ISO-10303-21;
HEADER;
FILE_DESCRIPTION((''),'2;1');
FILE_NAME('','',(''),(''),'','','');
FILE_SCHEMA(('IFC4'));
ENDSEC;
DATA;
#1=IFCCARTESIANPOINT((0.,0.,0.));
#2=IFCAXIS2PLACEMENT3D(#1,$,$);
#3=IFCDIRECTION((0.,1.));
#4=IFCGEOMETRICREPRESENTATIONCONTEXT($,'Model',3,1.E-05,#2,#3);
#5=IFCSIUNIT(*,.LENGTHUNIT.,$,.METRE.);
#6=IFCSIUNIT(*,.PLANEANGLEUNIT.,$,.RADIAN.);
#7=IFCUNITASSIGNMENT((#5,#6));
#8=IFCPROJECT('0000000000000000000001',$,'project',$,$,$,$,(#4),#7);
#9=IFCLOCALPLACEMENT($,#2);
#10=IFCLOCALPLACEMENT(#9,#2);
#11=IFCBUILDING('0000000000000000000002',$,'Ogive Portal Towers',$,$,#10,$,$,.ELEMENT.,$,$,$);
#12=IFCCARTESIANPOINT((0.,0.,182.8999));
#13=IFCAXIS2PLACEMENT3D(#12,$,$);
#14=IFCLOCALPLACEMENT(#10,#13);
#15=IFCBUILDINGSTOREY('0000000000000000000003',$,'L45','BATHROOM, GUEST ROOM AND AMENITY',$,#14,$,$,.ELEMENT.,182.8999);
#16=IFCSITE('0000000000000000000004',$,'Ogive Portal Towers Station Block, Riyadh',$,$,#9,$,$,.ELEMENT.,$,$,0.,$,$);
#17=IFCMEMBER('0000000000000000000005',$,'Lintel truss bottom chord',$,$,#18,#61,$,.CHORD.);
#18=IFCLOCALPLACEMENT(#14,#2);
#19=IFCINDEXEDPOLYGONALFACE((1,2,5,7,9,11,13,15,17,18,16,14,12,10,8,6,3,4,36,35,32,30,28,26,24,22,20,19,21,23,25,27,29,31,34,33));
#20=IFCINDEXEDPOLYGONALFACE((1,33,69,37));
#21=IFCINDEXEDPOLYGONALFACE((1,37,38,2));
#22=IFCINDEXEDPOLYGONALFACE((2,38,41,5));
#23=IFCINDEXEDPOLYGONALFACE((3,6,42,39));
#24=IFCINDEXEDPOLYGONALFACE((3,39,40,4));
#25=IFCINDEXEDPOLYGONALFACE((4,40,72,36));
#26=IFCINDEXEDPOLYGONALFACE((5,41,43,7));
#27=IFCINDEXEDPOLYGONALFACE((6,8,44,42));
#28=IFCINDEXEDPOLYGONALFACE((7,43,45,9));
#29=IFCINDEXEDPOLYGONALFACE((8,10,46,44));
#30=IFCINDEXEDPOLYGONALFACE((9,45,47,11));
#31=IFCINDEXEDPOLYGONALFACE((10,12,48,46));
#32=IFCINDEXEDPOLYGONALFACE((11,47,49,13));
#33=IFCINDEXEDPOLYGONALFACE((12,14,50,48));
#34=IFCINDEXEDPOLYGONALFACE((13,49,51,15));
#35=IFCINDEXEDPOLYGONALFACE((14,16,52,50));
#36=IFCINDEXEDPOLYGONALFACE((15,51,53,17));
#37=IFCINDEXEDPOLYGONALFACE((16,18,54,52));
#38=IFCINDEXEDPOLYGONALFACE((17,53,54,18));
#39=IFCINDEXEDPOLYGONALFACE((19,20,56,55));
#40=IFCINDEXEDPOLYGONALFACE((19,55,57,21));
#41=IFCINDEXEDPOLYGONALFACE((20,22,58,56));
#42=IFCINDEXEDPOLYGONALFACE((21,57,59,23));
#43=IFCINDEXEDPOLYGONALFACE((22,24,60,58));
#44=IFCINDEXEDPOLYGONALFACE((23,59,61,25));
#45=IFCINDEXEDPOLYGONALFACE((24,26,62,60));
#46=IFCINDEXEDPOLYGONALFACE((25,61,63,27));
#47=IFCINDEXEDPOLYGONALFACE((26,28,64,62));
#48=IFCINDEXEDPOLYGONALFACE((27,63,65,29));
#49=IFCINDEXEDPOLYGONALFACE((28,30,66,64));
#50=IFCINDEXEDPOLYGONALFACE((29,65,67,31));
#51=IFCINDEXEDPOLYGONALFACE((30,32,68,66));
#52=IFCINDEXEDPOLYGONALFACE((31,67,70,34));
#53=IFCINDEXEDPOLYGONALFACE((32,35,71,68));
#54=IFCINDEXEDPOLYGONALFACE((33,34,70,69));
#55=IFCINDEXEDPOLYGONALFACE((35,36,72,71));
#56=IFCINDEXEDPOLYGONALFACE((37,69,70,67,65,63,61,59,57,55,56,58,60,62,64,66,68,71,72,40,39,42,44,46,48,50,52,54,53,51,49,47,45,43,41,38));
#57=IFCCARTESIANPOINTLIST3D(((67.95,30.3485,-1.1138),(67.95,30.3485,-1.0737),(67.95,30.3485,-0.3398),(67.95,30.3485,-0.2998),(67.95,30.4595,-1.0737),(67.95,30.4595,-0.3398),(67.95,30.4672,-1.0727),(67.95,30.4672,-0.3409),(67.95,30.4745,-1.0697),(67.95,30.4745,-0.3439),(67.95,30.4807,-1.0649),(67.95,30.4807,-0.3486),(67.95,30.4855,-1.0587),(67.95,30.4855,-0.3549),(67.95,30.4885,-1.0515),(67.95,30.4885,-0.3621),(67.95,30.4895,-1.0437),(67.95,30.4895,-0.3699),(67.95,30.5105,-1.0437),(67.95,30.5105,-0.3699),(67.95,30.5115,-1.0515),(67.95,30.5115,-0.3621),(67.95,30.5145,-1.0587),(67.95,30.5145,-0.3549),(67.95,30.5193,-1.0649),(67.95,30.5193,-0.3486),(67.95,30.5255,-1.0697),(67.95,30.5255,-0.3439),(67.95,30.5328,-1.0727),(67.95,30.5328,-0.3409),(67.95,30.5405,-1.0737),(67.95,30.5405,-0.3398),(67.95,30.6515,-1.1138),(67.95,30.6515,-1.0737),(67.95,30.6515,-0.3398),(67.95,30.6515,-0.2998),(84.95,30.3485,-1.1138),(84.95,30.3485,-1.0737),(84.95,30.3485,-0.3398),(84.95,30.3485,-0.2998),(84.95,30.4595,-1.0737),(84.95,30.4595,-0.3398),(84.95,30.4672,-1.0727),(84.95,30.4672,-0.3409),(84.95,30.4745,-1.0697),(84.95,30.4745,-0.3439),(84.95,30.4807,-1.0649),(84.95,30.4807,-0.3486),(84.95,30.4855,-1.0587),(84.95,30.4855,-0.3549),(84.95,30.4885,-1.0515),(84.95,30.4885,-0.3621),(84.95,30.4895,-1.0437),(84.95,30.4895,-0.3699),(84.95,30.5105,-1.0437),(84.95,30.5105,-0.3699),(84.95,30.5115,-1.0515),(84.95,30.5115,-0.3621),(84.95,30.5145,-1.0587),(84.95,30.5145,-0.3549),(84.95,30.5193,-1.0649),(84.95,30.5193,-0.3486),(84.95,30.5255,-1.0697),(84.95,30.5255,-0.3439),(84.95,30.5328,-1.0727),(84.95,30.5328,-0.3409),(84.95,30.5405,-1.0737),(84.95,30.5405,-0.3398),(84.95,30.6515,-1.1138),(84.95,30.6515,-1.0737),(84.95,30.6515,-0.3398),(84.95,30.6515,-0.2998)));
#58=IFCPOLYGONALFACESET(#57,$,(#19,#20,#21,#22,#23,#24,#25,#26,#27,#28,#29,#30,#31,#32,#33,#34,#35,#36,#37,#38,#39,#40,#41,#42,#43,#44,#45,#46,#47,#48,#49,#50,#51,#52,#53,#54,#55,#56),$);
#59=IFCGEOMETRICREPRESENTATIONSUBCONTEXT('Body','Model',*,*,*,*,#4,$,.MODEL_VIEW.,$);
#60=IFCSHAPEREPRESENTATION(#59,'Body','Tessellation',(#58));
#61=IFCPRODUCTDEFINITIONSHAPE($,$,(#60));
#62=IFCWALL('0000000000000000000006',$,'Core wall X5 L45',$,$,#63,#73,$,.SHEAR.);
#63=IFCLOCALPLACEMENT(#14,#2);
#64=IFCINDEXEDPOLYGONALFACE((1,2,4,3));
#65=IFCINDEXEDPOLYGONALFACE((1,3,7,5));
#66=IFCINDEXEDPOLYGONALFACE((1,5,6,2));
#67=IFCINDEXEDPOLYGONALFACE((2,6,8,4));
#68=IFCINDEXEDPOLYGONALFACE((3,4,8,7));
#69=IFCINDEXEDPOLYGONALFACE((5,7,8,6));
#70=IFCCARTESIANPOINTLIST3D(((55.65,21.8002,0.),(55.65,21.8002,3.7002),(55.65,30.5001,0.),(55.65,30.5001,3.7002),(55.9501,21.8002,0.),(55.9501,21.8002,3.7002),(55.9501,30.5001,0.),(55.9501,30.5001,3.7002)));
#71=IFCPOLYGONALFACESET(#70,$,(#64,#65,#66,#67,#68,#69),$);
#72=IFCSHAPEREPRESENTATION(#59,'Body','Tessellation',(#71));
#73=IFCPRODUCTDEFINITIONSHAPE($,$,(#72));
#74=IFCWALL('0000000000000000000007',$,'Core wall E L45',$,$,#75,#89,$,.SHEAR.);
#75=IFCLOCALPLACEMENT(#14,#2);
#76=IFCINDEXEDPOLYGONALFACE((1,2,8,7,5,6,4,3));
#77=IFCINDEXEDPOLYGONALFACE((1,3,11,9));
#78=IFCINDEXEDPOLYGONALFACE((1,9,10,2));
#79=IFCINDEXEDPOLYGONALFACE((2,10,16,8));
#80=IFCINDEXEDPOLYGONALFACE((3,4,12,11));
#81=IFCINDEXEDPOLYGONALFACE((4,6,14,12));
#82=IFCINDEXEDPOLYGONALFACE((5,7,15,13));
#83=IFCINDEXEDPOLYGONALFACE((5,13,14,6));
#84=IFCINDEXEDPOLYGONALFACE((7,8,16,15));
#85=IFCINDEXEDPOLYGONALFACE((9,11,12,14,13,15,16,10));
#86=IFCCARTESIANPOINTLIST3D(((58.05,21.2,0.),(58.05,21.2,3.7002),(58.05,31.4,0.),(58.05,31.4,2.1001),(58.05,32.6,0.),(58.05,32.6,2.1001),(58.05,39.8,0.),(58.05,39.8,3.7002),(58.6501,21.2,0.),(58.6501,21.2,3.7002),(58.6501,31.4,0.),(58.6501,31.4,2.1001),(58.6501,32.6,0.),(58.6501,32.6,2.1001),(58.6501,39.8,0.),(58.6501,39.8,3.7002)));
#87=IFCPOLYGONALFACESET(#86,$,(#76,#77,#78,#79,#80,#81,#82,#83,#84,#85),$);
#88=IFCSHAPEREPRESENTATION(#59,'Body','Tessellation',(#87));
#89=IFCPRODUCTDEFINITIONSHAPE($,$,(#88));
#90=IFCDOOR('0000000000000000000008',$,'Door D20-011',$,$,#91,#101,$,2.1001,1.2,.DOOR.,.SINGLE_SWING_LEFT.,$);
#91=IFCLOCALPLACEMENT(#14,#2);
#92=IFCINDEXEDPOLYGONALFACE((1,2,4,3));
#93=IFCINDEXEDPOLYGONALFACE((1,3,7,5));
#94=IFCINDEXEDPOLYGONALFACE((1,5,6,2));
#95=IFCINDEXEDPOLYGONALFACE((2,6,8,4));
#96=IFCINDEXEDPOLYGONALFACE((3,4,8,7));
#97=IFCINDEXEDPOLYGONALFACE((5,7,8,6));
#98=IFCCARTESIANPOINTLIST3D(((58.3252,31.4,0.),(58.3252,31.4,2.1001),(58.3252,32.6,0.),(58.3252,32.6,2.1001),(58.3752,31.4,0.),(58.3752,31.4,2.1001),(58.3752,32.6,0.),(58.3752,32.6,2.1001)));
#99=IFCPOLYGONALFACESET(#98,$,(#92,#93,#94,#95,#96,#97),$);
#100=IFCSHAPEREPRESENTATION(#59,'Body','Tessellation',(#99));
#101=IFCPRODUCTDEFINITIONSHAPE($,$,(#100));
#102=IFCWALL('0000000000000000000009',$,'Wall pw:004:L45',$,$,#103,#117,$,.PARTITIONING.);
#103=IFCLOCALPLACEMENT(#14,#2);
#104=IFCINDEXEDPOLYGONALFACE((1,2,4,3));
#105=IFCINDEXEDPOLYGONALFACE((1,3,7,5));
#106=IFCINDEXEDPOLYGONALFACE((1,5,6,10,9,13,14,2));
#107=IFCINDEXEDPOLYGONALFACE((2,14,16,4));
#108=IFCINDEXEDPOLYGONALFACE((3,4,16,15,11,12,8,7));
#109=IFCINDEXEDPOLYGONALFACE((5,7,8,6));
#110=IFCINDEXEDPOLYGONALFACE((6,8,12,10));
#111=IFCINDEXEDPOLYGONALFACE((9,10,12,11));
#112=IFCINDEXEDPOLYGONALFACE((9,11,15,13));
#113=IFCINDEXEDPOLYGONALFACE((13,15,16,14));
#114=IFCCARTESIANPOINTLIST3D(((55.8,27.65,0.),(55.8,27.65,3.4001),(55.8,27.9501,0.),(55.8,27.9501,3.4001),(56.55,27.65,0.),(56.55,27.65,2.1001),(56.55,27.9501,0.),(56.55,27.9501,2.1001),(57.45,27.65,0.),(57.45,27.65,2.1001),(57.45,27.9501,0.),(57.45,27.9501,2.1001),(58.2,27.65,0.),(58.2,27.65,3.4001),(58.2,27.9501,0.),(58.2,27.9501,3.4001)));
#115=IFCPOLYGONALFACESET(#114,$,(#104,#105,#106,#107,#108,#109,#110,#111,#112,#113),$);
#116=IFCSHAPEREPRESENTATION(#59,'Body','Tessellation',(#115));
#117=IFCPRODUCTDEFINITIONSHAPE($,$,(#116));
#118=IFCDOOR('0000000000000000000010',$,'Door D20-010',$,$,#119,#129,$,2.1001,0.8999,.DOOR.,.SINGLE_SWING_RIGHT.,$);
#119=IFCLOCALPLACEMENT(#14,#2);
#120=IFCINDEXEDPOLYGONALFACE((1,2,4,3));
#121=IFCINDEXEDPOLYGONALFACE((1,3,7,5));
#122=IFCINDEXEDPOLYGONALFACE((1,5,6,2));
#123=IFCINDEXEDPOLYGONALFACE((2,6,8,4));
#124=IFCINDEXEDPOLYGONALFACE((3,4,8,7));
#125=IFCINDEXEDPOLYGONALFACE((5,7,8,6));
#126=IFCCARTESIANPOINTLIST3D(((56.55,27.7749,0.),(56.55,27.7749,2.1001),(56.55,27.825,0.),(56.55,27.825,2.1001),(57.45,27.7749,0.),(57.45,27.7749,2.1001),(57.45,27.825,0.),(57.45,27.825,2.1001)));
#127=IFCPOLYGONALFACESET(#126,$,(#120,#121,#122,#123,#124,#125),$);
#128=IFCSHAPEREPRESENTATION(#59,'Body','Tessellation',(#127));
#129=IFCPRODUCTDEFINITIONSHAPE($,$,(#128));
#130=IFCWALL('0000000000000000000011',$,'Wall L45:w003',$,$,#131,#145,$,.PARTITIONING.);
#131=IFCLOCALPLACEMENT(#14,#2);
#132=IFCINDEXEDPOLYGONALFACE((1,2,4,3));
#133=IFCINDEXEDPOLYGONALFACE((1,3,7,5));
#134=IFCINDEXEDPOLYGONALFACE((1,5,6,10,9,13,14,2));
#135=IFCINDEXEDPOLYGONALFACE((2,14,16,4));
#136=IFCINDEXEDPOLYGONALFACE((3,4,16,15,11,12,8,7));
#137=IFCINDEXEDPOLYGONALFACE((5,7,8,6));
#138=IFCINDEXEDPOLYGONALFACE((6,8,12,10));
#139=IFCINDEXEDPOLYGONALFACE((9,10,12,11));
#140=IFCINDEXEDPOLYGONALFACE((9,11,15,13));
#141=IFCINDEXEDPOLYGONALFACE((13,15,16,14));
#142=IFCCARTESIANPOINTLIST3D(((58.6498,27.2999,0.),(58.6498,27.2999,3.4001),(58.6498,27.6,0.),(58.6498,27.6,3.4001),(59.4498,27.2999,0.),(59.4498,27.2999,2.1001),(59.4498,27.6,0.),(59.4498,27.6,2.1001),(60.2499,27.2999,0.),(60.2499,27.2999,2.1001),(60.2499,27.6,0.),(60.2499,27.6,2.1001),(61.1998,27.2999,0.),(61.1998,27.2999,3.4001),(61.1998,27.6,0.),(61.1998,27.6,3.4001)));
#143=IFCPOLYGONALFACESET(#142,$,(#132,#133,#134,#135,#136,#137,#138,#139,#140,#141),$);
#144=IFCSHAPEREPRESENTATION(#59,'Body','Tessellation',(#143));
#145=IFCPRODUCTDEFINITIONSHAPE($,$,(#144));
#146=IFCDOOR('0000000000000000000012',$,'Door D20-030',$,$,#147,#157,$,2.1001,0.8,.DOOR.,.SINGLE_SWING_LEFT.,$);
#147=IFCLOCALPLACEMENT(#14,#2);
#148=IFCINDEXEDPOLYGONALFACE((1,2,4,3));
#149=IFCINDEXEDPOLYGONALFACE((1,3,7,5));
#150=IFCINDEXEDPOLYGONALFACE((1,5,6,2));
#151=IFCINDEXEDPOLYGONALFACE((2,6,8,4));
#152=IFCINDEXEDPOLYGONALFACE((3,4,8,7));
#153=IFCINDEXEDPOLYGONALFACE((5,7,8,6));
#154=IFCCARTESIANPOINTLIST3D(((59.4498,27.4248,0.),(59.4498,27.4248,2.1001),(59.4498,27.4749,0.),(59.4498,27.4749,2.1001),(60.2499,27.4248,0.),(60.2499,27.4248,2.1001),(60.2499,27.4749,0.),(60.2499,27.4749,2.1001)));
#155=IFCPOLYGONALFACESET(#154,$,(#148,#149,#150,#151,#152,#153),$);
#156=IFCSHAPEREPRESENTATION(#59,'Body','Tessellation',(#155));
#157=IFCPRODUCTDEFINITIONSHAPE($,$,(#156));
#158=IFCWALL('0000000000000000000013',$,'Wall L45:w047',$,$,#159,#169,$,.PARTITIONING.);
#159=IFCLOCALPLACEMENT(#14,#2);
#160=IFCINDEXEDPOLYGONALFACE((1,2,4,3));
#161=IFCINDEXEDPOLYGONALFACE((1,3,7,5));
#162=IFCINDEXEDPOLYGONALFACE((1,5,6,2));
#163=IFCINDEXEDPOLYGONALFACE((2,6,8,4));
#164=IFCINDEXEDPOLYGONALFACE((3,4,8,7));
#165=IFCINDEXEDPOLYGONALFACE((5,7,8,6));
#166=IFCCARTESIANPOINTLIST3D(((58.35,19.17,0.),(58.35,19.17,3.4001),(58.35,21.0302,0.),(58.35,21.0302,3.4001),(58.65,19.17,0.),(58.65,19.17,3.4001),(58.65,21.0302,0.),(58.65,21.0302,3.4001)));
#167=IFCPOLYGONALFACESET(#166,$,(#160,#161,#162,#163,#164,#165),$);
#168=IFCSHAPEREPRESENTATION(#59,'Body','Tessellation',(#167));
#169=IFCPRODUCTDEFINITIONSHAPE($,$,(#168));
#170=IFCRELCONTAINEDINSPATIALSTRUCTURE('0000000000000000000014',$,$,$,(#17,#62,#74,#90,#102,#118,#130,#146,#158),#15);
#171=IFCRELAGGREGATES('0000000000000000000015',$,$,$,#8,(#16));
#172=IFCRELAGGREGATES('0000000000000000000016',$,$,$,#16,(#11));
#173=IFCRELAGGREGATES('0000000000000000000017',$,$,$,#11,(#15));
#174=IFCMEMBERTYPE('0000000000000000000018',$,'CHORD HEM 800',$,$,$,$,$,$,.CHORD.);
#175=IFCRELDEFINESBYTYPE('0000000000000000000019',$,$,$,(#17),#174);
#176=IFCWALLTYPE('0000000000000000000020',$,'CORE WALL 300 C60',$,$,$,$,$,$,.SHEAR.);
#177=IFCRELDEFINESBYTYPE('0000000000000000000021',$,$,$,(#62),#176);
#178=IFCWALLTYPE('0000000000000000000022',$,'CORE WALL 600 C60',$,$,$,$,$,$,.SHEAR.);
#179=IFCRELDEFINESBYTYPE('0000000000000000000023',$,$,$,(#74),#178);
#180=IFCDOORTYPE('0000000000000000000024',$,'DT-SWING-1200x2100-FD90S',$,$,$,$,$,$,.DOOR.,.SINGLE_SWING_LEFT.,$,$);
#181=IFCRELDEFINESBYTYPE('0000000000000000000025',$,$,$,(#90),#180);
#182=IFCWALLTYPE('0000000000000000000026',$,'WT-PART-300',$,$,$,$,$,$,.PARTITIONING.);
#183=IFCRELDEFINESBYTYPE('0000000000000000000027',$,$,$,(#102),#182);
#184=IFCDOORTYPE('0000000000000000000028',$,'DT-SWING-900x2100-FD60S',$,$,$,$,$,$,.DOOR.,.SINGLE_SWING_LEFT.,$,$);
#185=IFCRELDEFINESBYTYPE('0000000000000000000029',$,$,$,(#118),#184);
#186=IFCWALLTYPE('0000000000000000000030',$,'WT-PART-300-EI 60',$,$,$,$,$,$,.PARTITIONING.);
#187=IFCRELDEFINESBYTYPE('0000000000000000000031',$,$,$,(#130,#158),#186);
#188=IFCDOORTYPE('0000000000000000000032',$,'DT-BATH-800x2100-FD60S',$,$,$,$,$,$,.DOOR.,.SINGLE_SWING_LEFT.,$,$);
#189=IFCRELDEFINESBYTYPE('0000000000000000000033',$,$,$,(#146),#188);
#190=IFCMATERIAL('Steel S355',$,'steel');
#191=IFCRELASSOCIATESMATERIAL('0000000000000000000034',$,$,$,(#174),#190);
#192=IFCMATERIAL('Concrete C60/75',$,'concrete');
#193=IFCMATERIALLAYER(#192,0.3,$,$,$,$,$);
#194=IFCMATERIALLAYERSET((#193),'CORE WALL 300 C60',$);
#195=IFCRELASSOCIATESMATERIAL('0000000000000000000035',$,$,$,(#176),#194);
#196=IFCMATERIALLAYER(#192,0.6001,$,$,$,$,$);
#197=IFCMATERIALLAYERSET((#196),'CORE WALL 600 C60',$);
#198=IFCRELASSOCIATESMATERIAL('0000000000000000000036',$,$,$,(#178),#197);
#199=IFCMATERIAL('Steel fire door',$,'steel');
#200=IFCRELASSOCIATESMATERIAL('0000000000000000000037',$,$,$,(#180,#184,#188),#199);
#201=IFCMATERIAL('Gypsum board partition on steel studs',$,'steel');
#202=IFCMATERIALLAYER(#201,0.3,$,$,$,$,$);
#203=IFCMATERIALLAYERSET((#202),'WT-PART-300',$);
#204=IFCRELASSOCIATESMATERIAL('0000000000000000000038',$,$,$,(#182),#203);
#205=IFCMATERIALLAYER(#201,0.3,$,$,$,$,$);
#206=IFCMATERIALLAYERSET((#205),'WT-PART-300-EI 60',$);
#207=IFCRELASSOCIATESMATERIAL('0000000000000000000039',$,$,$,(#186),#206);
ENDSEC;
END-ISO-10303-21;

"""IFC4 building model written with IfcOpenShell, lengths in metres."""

from ifc_helpers import new_model, si_unit, direction, frame, frame_2d, origin, origin_2d, place, context, subcontext, project, spatial, rectangle, i_section, extrude, material, layer, layer_set, material_profile, profile_set, type_object, element, fill, save


model = new_model("IFC4")

# Units and contexts
model_context = context("Model", 3, precision=1e-05, world=origin(), true_north=direction((0.0, 1.0)))
body_context = subcontext(model_context, "Body", "Model", "MODEL_VIEW")
ifc_project = project(units=[si_unit("LENGTHUNIT", "METRE"), si_unit("PLANEANGLEUNIT", "RADIAN")], contexts=[model_context])

# Site, building, storey
site_placement = place(None, origin())
site = spatial("IfcSite", under=ifc_project, at=site_placement, Name="Ogive Portal Towers Station Block, Riyadh", CompositionType="ELEMENT", RefElevation=0.0)
building_placement = place(site_placement, origin())
building = spatial("IfcBuilding", under=site, at=building_placement, Name="Ogive Portal Towers", CompositionType="ELEMENT")
storey_placement = place(building_placement, frame((0.0, 0.0, 182.8999)))
storey = spatial("IfcBuildingStorey", under=building, at=storey_placement, Name="L45", Description="BATHROOM, GUEST ROOM AND AMENITY", CompositionType="ELEMENT", Elevation=182.8999)

# Shared definitions
ifc_material_1 = material(Name="Concrete C60/75", Category="concrete")

# Member
ifc_material_2 = material(Name="Steel S355", Category="steel")
ifc_material_profile_1 = material_profile(ifc_material_2, i_section(OverallWidth=0.303, OverallDepth=0.814, WebThickness=0.021, FlangeThickness=0.04, FilletRadius=0.03, at=origin_2d()), Name="HEM 800")
ifc_profile_set_1 = profile_set([ifc_material_profile_1], Name="Steel S355")
member_type_1 = type_object("IfcMemberType", Name="CHORD HEM 800", PredefinedType="CHORD", material=ifc_profile_set_1)
member_1_placement = place(storey_placement, frame((67.95, 30.5, -0.7068), z_axis=(1.0, 0.0, 0.0), x_axis=(0.0, 1.0, 0.0)))
element("IfcMember", 1, at=member_1_placement, inside=storey, type_object=member_type_1, Name="Lintel truss bottom chord", PredefinedType="CHORD", context=body_context, shape_type="SweptSolid", body=[
    extrude(i_section(OverallWidth=0.303, OverallDepth=0.814, WebThickness=0.021, FlangeThickness=0.04, FilletRadius=0.03, at=origin_2d()), origin(), (0.0, 0.0, 1.0), 17.0),
])

# Wall
ifc_layer_1 = layer(ifc_material_1, 0.3)
ifc_layer_set_1 = layer_set([ifc_layer_1], Name="CORE WALL 300 C60")
wall_type_1 = type_object("IfcWallType", Name="CORE WALL 300 C60", PredefinedType="SHEAR", material=ifc_layer_set_1)
wall_1_placement = place(storey_placement, frame((55.8, 21.8, 0.0), z_axis=(0.0, 0.0, 1.0), x_axis=(0.0, 1.0, 0.0)))
element("IfcWall", 2, at=wall_1_placement, inside=storey, type_object=wall_type_1, Name="Core wall X5 L45", PredefinedType="SHEAR", context=body_context, shape_type="SweptSolid", body=[
    extrude(rectangle(XDim=8.7, YDim=0.3, at=frame_2d((4.3501, 0.0))), origin(), (0.0, 0.0, 1.0), 3.7002),
])

# Walls, openings, doors
ifc_layer_2 = layer(ifc_material_1, 0.6001)
ifc_layer_set_2 = layer_set([ifc_layer_2], Name="CORE WALL 600 C60")
wall_type_2 = type_object("IfcWallType", Name="CORE WALL 600 C60", PredefinedType="SHEAR", material=ifc_layer_set_2)
wall_2_placement = place(storey_placement, frame((58.3501, 21.2, 0.0), z_axis=(0.0, 0.0, 1.0), x_axis=(0.0, 1.0, 0.0)))
wall_2 = element("IfcWall", 3, at=wall_2_placement, inside=storey, type_object=wall_type_2, Name="Core wall E L45", PredefinedType="SHEAR", context=body_context, shape_type="SweptSolid", body=[
    extrude(rectangle(XDim=18.6001, YDim=0.6001, at=frame_2d((9.3, 0.0))), origin(), (0.0, 0.0, 1.0), 3.7002),
])
opening_1_placement = place(wall_2_placement, frame((10.2, 0.0, 0.0)))
opening_1 = element("IfcOpeningElement", 4, at=opening_1_placement, cuts=wall_2, PredefinedType="OPENING", context=body_context, shape_type="SweptSolid", body=[
    extrude(rectangle(XDim=1.2, YDim=2.1001, at=frame_2d((0.6001, 1.05))), frame((0.0, 0.3101, 0.0), z_axis=(0.0, -1.0, 0.0), x_axis=(1.0, 0.0, 0.0)), (0.0, 0.0, 1.0), 0.6201),
])
ifc_material_3 = material(Name="Steel fire door", Category="steel")
door_type_1 = type_object("IfcDoorType", Name="DT-SWING-1200x2100-FD90S", OperationType="SINGLE_SWING_LEFT", PredefinedType="DOOR", material=ifc_material_3)
door_1_placement = place(opening_1_placement, origin())
door_1 = element("IfcDoor", 5, at=door_1_placement, inside=storey, type_object=door_type_1, Name="Door D20-011", OperationType="SINGLE_SWING_LEFT", OverallHeight=2.1001, OverallWidth=1.2, PredefinedType="DOOR", context=body_context, shape_type="SweptSolid", body=[
    extrude(rectangle(XDim=1.2, YDim=2.1001, at=frame_2d((0.6001, 1.05))), frame((0.0, 0.0249, 0.0), z_axis=(0.0, -1.0, 0.0), x_axis=(1.0, 0.0, 0.0)), (0.0, 0.0, 1.0), 0.05),
])
fill(opening_1, door_1)
ifc_material_4 = material(Name="Gypsum board partition on steel studs", Category="steel")
ifc_layer_3 = layer(ifc_material_4, 0.3)
ifc_layer_set_3 = layer_set([ifc_layer_3], Name="WT-PART-300")
wall_type_3 = type_object("IfcWallType", Name="WT-PART-300", PredefinedType="PARTITIONING", material=ifc_layer_set_3)
wall_3_placement = place(storey_placement, frame((55.8, 27.8, 0.0), z_axis=(0.0, 0.0, 1.0), x_axis=(1.0, 0.0, 0.0)))
wall_3 = element("IfcWall", 6, at=wall_3_placement, inside=storey, type_object=wall_type_3, Name="Wall pw:004:L45", PredefinedType="PARTITIONING", context=body_context, shape_type="SweptSolid", body=[
    extrude(rectangle(XDim=2.3999, YDim=0.3, at=frame_2d((1.2, 0.0))), origin(), (0.0, 0.0, 1.0), 3.4001),
])
opening_2_placement = place(wall_3_placement, frame((0.75, 0.0, 0.0)))
opening_2 = element("IfcOpeningElement", 7, at=opening_2_placement, cuts=wall_3, PredefinedType="OPENING", context=body_context, shape_type="SweptSolid", body=[
    extrude(rectangle(XDim=0.8999, YDim=2.1001, at=frame_2d((0.45, 1.05))), frame((0.0, 0.1602, 0.0), z_axis=(0.0, -1.0, 0.0), x_axis=(1.0, 0.0, 0.0)), (0.0, 0.0, 1.0), 0.3201),
])
door_type_2 = type_object("IfcDoorType", Name="DT-SWING-900x2100-FD60S", OperationType="SINGLE_SWING_LEFT", PredefinedType="DOOR", material=ifc_material_3)
door_2_placement = place(opening_2_placement, origin())
door_2 = element("IfcDoor", 8, at=door_2_placement, inside=storey, type_object=door_type_2, Name="Door D20-010", OperationType="SINGLE_SWING_RIGHT", OverallHeight=2.1001, OverallWidth=0.8999, PredefinedType="DOOR", context=body_context, shape_type="SweptSolid", body=[
    extrude(rectangle(XDim=0.8999, YDim=2.1001, at=frame_2d((0.45, 1.05))), frame((0.0, 0.0249, 0.0), z_axis=(0.0, -1.0, 0.0), x_axis=(1.0, 0.0, 0.0)), (0.0, 0.0, 1.0), 0.05),
])
fill(opening_2, door_2)
ifc_layer_4 = layer(ifc_material_4, 0.3)
ifc_layer_set_4 = layer_set([ifc_layer_4], Name="WT-PART-300-EI 60")
wall_type_4 = type_object("IfcWallType", Name="WT-PART-300-EI 60", PredefinedType="PARTITIONING", material=ifc_layer_set_4)
wall_4_placement = place(storey_placement, frame((58.6499, 27.45, 0.0), z_axis=(0.0, 0.0, 1.0), x_axis=(1.0, 0.0, 0.0)))
wall_4 = element("IfcWall", 9, at=wall_4_placement, inside=storey, type_object=wall_type_4, Name="Wall L45:w003", PredefinedType="PARTITIONING", context=body_context, shape_type="SweptSolid", body=[
    extrude(rectangle(XDim=2.55, YDim=0.3, at=frame_2d((1.2749, 0.0))), origin(), (0.0, 0.0, 1.0), 3.4001),
])
opening_3_placement = place(wall_4_placement, frame((0.8, 0.0, 0.0)))
opening_3 = element("IfcOpeningElement", 10, at=opening_3_placement, cuts=wall_4, PredefinedType="OPENING", context=body_context, shape_type="SweptSolid", body=[
    extrude(rectangle(XDim=0.8, YDim=2.1001, at=frame_2d((0.3999, 1.05))), frame((0.0, 0.1602, 0.0), z_axis=(0.0, -1.0, 0.0), x_axis=(1.0, 0.0, 0.0)), (0.0, 0.0, 1.0), 0.3201),
])
door_type_3 = type_object("IfcDoorType", Name="DT-BATH-800x2100-FD60S", OperationType="SINGLE_SWING_LEFT", PredefinedType="DOOR", material=ifc_material_3)
door_3_placement = place(opening_3_placement, origin())
door_3 = element("IfcDoor", 11, at=door_3_placement, inside=storey, type_object=door_type_3, Name="Door D20-030", OperationType="SINGLE_SWING_LEFT", OverallHeight=2.1001, OverallWidth=0.8, PredefinedType="DOOR", context=body_context, shape_type="SweptSolid", body=[
    extrude(rectangle(XDim=0.8, YDim=2.1001, at=frame_2d((0.3999, 1.05))), frame((0.0, 0.0249, 0.0), z_axis=(0.0, -1.0, 0.0), x_axis=(1.0, 0.0, 0.0)), (0.0, 0.0, 1.0), 0.05),
])
fill(opening_3, door_3)

# Wall
wall_5_placement = place(storey_placement, frame((58.5, 19.1699, 0.0), z_axis=(0.0, 0.0, 1.0), x_axis=(0.0, 1.0, 0.0)))
element("IfcWall", 12, at=wall_5_placement, inside=storey, type_object=wall_type_4, Name="Wall L45:w047", PredefinedType="PARTITIONING", context=body_context, shape_type="SweptSolid", body=[
    extrude(rectangle(XDim=1.8601, YDim=0.3, at=frame_2d((0.9302, 0.0))), origin(), (0.0, 0.0, 1.0), 3.4001),
])

save(model, "model.ifc")
